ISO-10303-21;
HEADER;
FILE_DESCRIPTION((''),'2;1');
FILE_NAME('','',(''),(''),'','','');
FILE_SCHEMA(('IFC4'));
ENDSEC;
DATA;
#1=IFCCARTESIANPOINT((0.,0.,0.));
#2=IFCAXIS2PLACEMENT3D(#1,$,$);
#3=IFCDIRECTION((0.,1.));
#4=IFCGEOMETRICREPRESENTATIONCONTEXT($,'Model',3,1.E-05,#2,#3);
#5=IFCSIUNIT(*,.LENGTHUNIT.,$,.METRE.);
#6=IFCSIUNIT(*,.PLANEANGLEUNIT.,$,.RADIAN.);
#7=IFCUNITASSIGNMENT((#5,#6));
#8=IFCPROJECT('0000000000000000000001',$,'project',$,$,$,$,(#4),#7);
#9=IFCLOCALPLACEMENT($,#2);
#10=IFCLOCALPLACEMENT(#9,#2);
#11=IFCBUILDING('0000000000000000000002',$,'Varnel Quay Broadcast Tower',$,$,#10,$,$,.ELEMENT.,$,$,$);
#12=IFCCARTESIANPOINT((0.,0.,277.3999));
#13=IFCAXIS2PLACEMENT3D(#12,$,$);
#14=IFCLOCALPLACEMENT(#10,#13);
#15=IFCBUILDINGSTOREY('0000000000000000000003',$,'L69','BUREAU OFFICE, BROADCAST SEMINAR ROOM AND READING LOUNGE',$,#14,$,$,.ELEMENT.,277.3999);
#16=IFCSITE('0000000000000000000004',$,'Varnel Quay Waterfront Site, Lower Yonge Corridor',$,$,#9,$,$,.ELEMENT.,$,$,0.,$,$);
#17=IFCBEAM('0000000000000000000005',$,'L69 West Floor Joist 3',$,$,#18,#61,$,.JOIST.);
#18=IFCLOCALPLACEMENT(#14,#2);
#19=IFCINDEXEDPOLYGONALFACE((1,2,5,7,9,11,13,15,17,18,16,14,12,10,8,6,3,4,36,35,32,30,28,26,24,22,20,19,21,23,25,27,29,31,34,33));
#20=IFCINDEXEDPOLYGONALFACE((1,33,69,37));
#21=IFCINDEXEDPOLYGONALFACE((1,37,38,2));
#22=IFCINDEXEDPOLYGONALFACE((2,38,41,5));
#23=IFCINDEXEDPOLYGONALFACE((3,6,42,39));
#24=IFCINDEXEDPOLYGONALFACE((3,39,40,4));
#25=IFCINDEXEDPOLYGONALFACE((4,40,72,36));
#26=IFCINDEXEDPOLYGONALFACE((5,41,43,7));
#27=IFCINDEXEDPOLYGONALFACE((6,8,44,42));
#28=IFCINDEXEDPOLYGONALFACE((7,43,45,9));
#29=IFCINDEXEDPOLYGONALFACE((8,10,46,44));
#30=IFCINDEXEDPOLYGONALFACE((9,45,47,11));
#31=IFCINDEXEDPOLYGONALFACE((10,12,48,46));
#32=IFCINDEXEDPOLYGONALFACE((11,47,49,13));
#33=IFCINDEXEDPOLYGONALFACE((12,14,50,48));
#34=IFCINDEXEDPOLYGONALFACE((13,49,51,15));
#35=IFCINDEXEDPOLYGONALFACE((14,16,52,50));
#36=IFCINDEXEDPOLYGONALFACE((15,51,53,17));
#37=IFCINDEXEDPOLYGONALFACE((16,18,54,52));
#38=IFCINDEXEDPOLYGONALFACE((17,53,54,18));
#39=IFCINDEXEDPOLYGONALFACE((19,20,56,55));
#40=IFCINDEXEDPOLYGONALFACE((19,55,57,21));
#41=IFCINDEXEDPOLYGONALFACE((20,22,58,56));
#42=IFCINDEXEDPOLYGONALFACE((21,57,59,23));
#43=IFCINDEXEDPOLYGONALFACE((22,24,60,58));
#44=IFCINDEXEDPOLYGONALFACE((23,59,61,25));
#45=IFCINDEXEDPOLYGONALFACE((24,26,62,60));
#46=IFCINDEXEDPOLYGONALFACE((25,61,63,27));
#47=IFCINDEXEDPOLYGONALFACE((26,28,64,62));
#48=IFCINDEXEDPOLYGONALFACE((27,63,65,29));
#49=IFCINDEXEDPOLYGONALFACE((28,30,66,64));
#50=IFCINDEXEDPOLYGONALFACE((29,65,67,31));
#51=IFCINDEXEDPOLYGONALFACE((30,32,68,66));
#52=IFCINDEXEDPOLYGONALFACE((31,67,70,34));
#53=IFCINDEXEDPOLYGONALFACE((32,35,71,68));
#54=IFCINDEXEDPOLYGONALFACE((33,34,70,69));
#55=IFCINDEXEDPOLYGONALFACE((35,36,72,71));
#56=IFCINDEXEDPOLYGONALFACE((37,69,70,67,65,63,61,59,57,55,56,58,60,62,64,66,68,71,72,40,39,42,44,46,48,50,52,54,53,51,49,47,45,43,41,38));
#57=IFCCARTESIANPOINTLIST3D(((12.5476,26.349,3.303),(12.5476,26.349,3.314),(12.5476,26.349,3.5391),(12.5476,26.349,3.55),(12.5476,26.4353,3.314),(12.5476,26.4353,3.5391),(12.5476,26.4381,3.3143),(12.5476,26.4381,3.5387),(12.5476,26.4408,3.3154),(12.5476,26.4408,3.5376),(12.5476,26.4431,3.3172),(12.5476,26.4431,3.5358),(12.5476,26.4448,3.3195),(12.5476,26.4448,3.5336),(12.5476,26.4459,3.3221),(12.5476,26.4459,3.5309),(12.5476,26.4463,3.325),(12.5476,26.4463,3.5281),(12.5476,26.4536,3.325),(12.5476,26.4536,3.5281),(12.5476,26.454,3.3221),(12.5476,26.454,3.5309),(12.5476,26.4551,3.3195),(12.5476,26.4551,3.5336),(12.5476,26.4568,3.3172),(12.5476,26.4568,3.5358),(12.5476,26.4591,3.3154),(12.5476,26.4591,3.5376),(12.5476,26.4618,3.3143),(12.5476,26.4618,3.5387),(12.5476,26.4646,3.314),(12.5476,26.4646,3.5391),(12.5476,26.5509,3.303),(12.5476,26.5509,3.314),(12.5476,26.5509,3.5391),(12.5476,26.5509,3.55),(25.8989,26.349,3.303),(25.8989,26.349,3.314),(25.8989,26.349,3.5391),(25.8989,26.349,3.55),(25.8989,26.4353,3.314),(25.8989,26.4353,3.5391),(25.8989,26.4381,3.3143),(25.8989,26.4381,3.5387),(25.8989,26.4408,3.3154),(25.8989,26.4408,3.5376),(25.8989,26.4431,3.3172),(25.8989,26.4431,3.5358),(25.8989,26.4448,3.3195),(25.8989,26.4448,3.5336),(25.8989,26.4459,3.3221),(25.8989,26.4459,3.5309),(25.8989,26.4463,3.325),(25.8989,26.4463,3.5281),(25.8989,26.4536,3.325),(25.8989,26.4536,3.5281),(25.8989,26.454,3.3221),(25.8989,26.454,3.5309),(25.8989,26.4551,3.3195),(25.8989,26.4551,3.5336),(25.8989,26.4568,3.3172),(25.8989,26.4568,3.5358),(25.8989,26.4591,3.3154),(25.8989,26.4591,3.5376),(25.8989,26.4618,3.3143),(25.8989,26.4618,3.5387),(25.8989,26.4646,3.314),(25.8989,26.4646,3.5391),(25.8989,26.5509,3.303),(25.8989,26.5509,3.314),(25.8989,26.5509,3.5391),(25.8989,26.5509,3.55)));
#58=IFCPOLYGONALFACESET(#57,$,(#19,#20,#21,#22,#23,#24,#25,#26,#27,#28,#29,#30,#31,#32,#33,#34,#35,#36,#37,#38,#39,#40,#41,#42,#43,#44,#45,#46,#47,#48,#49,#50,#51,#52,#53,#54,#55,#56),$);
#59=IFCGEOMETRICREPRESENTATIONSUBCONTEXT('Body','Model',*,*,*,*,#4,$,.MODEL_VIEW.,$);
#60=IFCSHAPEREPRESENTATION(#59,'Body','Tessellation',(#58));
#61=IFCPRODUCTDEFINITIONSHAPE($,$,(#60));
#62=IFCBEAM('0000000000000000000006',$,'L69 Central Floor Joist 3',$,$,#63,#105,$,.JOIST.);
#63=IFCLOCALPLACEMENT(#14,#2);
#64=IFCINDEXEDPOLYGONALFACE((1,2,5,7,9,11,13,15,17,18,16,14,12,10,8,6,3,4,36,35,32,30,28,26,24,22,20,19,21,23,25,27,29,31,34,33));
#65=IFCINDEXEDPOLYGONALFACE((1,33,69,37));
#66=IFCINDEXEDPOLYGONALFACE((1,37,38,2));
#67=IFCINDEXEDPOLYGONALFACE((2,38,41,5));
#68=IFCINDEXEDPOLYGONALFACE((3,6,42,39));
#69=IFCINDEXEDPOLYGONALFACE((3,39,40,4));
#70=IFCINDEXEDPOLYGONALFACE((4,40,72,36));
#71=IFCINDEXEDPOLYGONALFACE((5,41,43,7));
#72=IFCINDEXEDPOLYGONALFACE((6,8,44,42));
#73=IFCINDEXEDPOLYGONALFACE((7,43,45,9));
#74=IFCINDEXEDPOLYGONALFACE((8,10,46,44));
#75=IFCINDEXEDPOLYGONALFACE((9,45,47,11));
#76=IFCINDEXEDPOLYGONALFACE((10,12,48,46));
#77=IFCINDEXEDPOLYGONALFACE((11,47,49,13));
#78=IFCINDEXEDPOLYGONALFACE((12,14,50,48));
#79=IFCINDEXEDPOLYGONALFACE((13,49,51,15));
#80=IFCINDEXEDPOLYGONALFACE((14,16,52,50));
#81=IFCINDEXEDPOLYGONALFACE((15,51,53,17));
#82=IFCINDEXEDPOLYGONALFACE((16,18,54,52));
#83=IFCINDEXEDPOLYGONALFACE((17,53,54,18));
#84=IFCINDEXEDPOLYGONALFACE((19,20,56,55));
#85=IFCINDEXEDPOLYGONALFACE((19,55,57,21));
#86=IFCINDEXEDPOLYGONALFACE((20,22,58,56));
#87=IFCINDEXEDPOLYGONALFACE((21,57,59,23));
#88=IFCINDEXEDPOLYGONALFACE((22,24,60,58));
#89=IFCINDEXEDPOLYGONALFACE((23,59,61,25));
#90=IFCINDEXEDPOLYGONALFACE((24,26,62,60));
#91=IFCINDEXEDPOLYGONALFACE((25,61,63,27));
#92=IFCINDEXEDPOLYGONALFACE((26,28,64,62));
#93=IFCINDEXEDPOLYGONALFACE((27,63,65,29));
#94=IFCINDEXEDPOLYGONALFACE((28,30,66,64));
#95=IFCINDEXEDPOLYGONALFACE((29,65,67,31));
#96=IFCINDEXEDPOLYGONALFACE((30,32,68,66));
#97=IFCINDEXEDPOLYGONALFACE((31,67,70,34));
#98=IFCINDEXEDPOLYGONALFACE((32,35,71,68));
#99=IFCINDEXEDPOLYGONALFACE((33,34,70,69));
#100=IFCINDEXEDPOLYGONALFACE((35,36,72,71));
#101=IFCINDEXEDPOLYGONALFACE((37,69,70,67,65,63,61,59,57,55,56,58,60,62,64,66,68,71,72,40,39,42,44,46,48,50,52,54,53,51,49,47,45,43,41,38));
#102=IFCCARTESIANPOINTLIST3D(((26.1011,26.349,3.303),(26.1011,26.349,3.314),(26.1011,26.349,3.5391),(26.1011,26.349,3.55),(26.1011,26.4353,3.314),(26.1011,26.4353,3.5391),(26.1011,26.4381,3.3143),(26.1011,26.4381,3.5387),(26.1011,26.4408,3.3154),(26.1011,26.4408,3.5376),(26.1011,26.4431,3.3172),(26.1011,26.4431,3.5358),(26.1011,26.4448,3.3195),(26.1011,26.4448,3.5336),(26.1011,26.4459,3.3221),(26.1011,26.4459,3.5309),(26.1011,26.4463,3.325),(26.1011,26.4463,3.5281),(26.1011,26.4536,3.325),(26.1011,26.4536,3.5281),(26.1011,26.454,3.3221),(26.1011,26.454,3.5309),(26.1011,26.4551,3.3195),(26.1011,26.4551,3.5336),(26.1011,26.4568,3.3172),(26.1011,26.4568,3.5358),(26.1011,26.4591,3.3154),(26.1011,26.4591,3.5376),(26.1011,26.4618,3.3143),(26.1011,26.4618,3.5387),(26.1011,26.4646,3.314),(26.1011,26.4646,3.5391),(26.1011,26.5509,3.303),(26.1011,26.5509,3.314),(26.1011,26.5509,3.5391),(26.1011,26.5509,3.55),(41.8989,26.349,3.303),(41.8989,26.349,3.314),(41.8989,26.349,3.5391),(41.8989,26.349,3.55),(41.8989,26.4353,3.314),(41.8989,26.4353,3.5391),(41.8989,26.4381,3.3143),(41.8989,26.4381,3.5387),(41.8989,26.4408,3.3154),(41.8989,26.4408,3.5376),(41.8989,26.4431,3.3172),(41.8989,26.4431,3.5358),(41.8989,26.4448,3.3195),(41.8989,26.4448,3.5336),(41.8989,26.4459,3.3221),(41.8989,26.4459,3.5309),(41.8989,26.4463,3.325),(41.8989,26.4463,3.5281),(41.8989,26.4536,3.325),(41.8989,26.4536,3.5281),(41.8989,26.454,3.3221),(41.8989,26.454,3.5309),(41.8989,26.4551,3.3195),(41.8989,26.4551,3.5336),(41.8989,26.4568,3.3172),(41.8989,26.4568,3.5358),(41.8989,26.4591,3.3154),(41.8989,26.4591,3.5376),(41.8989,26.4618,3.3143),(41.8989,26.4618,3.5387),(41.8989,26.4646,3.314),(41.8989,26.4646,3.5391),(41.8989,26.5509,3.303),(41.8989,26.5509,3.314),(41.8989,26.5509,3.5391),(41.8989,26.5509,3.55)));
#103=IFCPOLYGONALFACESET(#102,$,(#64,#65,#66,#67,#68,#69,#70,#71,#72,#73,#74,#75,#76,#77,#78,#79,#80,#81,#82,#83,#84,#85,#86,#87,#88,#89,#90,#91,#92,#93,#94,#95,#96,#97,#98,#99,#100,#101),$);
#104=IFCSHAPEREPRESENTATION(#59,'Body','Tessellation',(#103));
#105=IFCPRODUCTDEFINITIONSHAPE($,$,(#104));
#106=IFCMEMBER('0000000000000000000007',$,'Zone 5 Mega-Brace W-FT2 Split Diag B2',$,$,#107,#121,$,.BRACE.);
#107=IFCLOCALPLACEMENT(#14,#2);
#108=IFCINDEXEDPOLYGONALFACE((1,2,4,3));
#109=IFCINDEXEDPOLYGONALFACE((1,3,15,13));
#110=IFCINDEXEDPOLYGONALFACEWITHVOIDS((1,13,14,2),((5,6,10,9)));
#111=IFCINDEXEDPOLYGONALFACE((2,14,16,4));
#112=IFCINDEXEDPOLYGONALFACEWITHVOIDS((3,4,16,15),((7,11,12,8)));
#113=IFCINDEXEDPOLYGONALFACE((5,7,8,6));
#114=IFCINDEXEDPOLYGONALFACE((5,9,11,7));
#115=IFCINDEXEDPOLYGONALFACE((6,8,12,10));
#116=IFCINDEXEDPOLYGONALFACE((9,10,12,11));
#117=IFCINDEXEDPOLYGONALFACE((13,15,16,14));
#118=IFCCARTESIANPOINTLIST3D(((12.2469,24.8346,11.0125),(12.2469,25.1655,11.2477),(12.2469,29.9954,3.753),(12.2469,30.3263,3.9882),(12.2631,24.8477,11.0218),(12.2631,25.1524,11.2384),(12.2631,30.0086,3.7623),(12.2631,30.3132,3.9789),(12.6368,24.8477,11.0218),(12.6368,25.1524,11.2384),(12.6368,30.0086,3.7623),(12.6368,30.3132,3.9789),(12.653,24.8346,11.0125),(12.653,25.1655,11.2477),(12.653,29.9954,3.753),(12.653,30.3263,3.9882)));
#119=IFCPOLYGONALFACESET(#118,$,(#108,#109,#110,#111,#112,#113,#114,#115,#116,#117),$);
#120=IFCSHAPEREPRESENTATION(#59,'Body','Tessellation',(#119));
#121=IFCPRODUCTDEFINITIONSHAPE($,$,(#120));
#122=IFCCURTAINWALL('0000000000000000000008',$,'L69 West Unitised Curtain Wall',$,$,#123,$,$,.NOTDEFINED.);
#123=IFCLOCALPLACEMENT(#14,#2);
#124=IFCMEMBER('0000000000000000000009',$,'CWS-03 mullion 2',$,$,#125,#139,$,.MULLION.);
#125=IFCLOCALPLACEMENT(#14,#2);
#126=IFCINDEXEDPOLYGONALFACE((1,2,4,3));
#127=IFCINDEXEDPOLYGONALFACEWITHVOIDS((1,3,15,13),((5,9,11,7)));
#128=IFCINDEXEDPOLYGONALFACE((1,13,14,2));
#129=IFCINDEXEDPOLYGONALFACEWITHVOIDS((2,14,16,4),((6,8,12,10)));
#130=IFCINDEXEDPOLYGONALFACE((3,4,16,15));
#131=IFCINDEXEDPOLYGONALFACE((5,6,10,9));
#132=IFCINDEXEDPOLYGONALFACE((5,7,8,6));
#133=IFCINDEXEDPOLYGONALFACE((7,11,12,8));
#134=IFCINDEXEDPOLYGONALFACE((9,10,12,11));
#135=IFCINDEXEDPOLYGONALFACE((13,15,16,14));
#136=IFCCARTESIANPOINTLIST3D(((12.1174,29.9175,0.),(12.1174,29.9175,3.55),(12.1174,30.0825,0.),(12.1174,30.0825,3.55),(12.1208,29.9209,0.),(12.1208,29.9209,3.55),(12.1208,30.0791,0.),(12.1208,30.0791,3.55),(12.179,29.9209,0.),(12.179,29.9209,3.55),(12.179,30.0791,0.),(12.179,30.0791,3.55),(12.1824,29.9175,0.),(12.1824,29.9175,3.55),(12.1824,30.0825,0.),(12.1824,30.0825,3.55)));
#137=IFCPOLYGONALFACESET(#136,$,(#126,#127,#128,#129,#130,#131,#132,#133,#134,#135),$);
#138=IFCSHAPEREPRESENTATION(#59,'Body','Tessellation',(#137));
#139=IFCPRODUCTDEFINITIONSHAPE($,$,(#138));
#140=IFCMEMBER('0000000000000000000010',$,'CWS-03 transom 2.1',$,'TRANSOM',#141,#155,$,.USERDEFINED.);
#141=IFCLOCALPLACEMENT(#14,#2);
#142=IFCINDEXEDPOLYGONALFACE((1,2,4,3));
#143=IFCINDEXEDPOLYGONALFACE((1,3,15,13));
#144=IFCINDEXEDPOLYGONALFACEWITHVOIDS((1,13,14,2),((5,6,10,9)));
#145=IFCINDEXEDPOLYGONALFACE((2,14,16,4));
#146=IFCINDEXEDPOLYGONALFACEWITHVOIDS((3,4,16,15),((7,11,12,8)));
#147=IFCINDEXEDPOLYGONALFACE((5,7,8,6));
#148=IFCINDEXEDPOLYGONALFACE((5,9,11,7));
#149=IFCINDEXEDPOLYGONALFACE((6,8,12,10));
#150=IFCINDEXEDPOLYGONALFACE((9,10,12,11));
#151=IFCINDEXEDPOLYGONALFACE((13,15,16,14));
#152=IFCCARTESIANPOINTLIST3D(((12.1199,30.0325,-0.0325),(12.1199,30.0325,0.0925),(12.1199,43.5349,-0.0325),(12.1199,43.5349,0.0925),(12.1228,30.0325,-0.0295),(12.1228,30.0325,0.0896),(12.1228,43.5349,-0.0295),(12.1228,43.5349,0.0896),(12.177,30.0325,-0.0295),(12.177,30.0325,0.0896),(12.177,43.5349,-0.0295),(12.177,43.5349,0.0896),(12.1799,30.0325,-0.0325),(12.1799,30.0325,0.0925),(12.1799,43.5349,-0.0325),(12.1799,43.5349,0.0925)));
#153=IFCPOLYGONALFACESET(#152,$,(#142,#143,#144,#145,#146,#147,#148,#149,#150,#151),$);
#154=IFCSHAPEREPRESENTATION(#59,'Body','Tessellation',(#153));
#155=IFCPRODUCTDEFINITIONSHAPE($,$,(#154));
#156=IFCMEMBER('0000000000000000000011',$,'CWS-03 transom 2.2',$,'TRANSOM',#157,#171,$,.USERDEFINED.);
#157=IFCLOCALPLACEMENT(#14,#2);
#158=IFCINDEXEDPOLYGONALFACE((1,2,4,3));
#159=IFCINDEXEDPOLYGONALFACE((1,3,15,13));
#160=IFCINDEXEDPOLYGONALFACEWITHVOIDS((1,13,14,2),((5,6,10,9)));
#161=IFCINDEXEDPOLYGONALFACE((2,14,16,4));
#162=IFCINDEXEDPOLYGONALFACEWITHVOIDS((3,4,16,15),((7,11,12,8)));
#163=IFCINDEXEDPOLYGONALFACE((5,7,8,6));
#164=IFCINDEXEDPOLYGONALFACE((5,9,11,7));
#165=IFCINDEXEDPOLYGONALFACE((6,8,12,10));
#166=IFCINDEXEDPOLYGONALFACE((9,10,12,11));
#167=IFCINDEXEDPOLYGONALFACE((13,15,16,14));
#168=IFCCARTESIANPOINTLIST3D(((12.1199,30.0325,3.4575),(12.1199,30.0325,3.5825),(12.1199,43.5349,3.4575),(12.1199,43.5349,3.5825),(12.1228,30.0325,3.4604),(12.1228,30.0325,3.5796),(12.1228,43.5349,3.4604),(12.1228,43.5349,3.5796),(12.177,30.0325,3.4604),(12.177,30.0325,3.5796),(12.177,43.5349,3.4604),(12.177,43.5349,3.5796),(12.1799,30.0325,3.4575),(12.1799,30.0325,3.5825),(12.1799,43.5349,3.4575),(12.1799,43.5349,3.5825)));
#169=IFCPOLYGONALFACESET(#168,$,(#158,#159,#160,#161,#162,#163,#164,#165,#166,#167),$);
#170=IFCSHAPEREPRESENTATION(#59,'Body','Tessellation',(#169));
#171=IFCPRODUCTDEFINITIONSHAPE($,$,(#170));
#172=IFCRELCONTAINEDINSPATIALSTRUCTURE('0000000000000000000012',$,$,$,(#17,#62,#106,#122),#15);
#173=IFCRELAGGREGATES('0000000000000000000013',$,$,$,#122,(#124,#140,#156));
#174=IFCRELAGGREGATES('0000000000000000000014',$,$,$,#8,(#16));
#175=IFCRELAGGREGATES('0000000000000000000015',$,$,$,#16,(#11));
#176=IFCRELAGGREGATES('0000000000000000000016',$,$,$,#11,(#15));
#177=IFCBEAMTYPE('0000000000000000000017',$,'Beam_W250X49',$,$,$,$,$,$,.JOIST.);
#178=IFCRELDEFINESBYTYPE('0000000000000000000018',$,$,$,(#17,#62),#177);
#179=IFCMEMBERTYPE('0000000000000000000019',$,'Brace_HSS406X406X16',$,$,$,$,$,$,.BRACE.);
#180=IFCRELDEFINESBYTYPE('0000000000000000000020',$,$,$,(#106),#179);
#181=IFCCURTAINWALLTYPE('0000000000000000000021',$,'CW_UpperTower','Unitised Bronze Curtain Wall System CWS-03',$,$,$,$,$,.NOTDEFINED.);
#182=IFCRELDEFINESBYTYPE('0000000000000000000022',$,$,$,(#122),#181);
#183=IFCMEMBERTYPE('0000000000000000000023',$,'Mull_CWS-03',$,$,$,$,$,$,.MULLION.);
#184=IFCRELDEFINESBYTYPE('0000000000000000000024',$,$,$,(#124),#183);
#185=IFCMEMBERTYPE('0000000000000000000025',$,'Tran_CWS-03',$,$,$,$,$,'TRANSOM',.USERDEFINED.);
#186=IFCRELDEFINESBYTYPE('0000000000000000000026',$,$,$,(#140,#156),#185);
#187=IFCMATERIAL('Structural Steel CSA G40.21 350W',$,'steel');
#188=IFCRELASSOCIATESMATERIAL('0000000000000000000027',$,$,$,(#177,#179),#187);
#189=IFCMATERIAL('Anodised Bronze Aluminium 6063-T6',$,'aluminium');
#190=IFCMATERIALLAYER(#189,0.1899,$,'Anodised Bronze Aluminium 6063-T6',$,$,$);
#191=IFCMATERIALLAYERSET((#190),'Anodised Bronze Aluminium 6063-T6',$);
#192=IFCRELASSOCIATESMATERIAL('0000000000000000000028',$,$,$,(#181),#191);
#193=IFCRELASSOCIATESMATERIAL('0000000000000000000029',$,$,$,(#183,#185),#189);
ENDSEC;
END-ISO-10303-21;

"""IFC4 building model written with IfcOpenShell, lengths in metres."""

from ifc_helpers import new_model, si_unit, direction, frame, origin, origin_2d, place, context, subcontext, project, spatial, hollow_rectangle, i_section, extrude, source, transform, mapped, material, layer, layer_set, material_profile, profile_set, type_object, type_shapes, element, aggregate, save


model = new_model("IFC4")

# Units and contexts
model_context = context("Model", 3, precision=1e-05, world=origin(), true_north=direction((0.0, 1.0)))
body_context = subcontext(model_context, "Body", "Model", "MODEL_VIEW")
ifc_project = project(units=[si_unit("LENGTHUNIT", "METRE"), si_unit("PLANEANGLEUNIT", "RADIAN")], contexts=[model_context])

# Site, building, storey
site_placement = place(None, origin())
site = spatial("IfcSite", under=ifc_project, at=site_placement, Name="Varnel Quay Waterfront Site, Lower Yonge Corridor", CompositionType="ELEMENT", RefElevation=0.0)
building_placement = place(site_placement, origin())
building = spatial("IfcBuilding", under=site, at=building_placement, Name="Varnel Quay Broadcast Tower", CompositionType="ELEMENT")
storey_placement = place(building_placement, frame((0.0, 0.0, 277.3999)))
storey = spatial("IfcBuildingStorey", under=building, at=storey_placement, Name="L69", Description="BUREAU OFFICE, BROADCAST SEMINAR ROOM AND READING LOUNGE", CompositionType="ELEMENT", Elevation=277.3999)

# Shared definitions
ifc_material_1 = material(Name="Structural Steel CSA G40.21 350W", Category="steel")

# Beams
ifc_material_profile_1 = material_profile(ifc_material_1, i_section(OverallWidth=0.2019, OverallDepth=0.2471, WebThickness=0.0073, FlangeThickness=0.011, FilletRadius=0.011, at=origin_2d()), Name="W250X49")
ifc_profile_set_1 = profile_set([ifc_material_profile_1], Name="Structural Steel CSA G40.21 350W")
beam_type_1 = type_object("IfcBeamType", Name="Beam_W250X49", PredefinedType="JOIST", material=ifc_profile_set_1)
shared_shape_1 = source(origin(), body_context, "Body", "SweptSolid", [
    extrude(i_section(OverallWidth=0.2019, OverallDepth=0.2471, WebThickness=0.0073, FlangeThickness=0.011, FilletRadius=0.011, at=origin_2d()), origin(), (0.0, 0.0, 1.0), 13.3513),
])
beam_1_placement = place(storey_placement, frame((12.5476, 26.45, 3.4265), z_axis=(1.0, 0.0, 0.0), x_axis=(0.0, 1.0, 0.0)))
element("IfcBeam", 1, at=beam_1_placement, inside=storey, type_object=beam_type_1, Name="L69 West Floor Joist 3", PredefinedType="JOIST", context=body_context, shape_type="MappedRepresentation", body=[
    mapped(shared_shape_1, transform((0.0, 0.0, 0.0), x_axis=(1.0, 0.0, 0.0), y_axis=(0.0, 1.0, 0.0), z_axis=(0.0, 0.0, 1.0), scale=1.0)),
])
shared_shape_2 = source(origin(), body_context, "Body", "SweptSolid", [
    extrude(i_section(OverallWidth=0.2019, OverallDepth=0.2471, WebThickness=0.0073, FlangeThickness=0.011, FilletRadius=0.011, at=origin_2d()), origin(), (0.0, 0.0, 1.0), 15.7979),
])
beam_2_placement = place(storey_placement, frame((26.1011, 26.45, 3.4265), z_axis=(1.0, 0.0, 0.0), x_axis=(0.0, 1.0, 0.0)))
element("IfcBeam", 2, at=beam_2_placement, inside=storey, type_object=beam_type_1, Name="L69 Central Floor Joist 3", PredefinedType="JOIST", context=body_context, shape_type="MappedRepresentation", body=[
    mapped(shared_shape_2, transform((0.0, 0.0, 0.0), x_axis=(1.0, 0.0, 0.0), y_axis=(0.0, 1.0, 0.0), z_axis=(0.0, 0.0, 1.0), scale=1.0)),
])

# Member
ifc_material_profile_2 = material_profile(ifc_material_1, hollow_rectangle(XDim=0.406, YDim=0.406, WallThickness=0.0161, at=origin_2d()), Name="HSS406X406X16")
ifc_profile_set_2 = profile_set([ifc_material_profile_2], Name="Structural Steel CSA G40.21 350W")
member_type_1 = type_object("IfcMemberType", Name="Brace_HSS406X406X16", PredefinedType="BRACE", material=ifc_profile_set_2)
shared_shape_3 = source(origin(), body_context, "Body", "SweptSolid", [
    extrude(hollow_rectangle(XDim=0.406, YDim=0.406, WallThickness=0.0161, at=origin_2d()), origin(), (0.0, 0.0, 1.0), 8.907),
])
type_shapes(member_type_1, [shared_shape_3])
member_1_placement = place(storey_placement, frame((12.45, 30.1609, 3.8706), z_axis=(0.0, -0.579417, 0.815032), x_axis=(1.0, 0.0, 0.0)))
element("IfcMember", 3, at=member_1_placement, inside=storey, type_object=member_type_1, Name="Zone 5 Mega-Brace W-FT2 Split Diag B2", PredefinedType="BRACE", context=body_context, shape_type="MappedRepresentation", body=[
    mapped(shared_shape_3, transform((0.0, 0.0, 0.0), x_axis=(1.0, 0.0, 0.0), y_axis=(0.0, 1.0, 0.0), z_axis=(0.0, 0.0, 1.0), scale=1.0)),
])

# Curtain wall, members
ifc_material_2 = material(Name="Anodised Bronze Aluminium 6063-T6", Category="aluminium")
ifc_layer_1 = layer(ifc_material_2, 0.1899, Name="Anodised Bronze Aluminium 6063-T6")
ifc_layer_set_1 = layer_set([ifc_layer_1], Name="Anodised Bronze Aluminium 6063-T6")
curtain_wall_type = type_object("IfcCurtainWallType", Name="CW_UpperTower", Description="Unitised Bronze Curtain Wall System CWS-03", PredefinedType="NOTDEFINED", material=ifc_layer_set_1)
curtain_wall_placement = place(storey_placement, origin())
curtain_wall = element("IfcCurtainWall", 4, at=curtain_wall_placement, inside=storey, type_object=curtain_wall_type, Name="L69 West Unitised Curtain Wall", PredefinedType="NOTDEFINED")
ifc_material_profile_3 = material_profile(ifc_material_2, hollow_rectangle(XDim=0.0649, YDim=0.165, WallThickness=0.0034, at=origin_2d()), Name="ALU65X165X3.5")
ifc_profile_set_3 = profile_set([ifc_material_profile_3], Name="Anodised Bronze Aluminium 6063-T6")
member_type_2 = type_object("IfcMemberType", Name="Mull_CWS-03", PredefinedType="MULLION", material=ifc_profile_set_3)
shared_shape_4 = source(origin(), body_context, "Body", "SweptSolid", [
    extrude(hollow_rectangle(XDim=0.0649, YDim=0.165, WallThickness=0.0034, at=origin_2d()), origin(), (0.0, 0.0, 1.0), 3.55),
])
type_shapes(member_type_2, [shared_shape_4])
member_2_placement = place(storey_placement, frame((12.1499, 30.0, 0.0), z_axis=(0.0, 0.0, 1.0), x_axis=(-1.0, 0.0, 0.0)))
member_2 = element("IfcMember", 5, at=member_2_placement, type_object=member_type_2, Name="CWS-03 mullion 2", PredefinedType="MULLION", context=body_context, shape_type="MappedRepresentation", body=[
    mapped(shared_shape_4, transform((0.0, 0.0, 0.0), x_axis=(1.0, 0.0, 0.0), y_axis=(0.0, 1.0, 0.0), z_axis=(0.0, 0.0, 1.0), scale=1.0)),
])
ifc_material_profile_4 = material_profile(ifc_material_2, hollow_rectangle(XDim=0.0601, YDim=0.125, WallThickness=0.0029, at=origin_2d()), Name="ALU60X125X3")
ifc_profile_set_4 = profile_set([ifc_material_profile_4], Name="Anodised Bronze Aluminium 6063-T6")
member_type_3 = type_object("IfcMemberType", Name="Tran_CWS-03", ElementType="TRANSOM", PredefinedType="USERDEFINED", material=ifc_profile_set_4)
shared_shape_5 = source(origin(), body_context, "Body", "SweptSolid", [
    extrude(hollow_rectangle(XDim=0.0601, YDim=0.125, WallThickness=0.0029, at=origin_2d()), origin(), (0.0, 0.0, 1.0), 13.5024),
])
type_shapes(member_type_3, [shared_shape_5])
member_3_placement = place(storey_placement, frame((12.1499, 30.0325, 0.03), z_axis=(0.0, 1.0, 0.0), x_axis=(-1.0, 0.0, 0.0)))
member_3 = element("IfcMember", 6, at=member_3_placement, type_object=member_type_3, Name="CWS-03 transom 2.1", ObjectType="TRANSOM", PredefinedType="USERDEFINED", context=body_context, shape_type="MappedRepresentation", body=[
    mapped(shared_shape_5, transform((0.0, 0.0, 0.0), x_axis=(1.0, 0.0, 0.0), y_axis=(0.0, 1.0, 0.0), z_axis=(0.0, 0.0, 1.0), scale=1.0)),
])
member_4_placement = place(storey_placement, frame((12.1499, 30.0325, 3.52), z_axis=(0.0, 1.0, 0.0), x_axis=(-1.0, 0.0, 0.0)))
member_4 = element("IfcMember", 7, at=member_4_placement, type_object=member_type_3, Name="CWS-03 transom 2.2", ObjectType="TRANSOM", PredefinedType="USERDEFINED", context=body_context, shape_type="MappedRepresentation", body=[
    mapped(shared_shape_5, transform((0.0, 0.0, 0.0), x_axis=(1.0, 0.0, 0.0), y_axis=(0.0, 1.0, 0.0), z_axis=(0.0, 0.0, 1.0), scale=1.0)),
])
aggregate(curtain_wall, [member_2, member_3, member_4])

save(model, "model.ifc")
